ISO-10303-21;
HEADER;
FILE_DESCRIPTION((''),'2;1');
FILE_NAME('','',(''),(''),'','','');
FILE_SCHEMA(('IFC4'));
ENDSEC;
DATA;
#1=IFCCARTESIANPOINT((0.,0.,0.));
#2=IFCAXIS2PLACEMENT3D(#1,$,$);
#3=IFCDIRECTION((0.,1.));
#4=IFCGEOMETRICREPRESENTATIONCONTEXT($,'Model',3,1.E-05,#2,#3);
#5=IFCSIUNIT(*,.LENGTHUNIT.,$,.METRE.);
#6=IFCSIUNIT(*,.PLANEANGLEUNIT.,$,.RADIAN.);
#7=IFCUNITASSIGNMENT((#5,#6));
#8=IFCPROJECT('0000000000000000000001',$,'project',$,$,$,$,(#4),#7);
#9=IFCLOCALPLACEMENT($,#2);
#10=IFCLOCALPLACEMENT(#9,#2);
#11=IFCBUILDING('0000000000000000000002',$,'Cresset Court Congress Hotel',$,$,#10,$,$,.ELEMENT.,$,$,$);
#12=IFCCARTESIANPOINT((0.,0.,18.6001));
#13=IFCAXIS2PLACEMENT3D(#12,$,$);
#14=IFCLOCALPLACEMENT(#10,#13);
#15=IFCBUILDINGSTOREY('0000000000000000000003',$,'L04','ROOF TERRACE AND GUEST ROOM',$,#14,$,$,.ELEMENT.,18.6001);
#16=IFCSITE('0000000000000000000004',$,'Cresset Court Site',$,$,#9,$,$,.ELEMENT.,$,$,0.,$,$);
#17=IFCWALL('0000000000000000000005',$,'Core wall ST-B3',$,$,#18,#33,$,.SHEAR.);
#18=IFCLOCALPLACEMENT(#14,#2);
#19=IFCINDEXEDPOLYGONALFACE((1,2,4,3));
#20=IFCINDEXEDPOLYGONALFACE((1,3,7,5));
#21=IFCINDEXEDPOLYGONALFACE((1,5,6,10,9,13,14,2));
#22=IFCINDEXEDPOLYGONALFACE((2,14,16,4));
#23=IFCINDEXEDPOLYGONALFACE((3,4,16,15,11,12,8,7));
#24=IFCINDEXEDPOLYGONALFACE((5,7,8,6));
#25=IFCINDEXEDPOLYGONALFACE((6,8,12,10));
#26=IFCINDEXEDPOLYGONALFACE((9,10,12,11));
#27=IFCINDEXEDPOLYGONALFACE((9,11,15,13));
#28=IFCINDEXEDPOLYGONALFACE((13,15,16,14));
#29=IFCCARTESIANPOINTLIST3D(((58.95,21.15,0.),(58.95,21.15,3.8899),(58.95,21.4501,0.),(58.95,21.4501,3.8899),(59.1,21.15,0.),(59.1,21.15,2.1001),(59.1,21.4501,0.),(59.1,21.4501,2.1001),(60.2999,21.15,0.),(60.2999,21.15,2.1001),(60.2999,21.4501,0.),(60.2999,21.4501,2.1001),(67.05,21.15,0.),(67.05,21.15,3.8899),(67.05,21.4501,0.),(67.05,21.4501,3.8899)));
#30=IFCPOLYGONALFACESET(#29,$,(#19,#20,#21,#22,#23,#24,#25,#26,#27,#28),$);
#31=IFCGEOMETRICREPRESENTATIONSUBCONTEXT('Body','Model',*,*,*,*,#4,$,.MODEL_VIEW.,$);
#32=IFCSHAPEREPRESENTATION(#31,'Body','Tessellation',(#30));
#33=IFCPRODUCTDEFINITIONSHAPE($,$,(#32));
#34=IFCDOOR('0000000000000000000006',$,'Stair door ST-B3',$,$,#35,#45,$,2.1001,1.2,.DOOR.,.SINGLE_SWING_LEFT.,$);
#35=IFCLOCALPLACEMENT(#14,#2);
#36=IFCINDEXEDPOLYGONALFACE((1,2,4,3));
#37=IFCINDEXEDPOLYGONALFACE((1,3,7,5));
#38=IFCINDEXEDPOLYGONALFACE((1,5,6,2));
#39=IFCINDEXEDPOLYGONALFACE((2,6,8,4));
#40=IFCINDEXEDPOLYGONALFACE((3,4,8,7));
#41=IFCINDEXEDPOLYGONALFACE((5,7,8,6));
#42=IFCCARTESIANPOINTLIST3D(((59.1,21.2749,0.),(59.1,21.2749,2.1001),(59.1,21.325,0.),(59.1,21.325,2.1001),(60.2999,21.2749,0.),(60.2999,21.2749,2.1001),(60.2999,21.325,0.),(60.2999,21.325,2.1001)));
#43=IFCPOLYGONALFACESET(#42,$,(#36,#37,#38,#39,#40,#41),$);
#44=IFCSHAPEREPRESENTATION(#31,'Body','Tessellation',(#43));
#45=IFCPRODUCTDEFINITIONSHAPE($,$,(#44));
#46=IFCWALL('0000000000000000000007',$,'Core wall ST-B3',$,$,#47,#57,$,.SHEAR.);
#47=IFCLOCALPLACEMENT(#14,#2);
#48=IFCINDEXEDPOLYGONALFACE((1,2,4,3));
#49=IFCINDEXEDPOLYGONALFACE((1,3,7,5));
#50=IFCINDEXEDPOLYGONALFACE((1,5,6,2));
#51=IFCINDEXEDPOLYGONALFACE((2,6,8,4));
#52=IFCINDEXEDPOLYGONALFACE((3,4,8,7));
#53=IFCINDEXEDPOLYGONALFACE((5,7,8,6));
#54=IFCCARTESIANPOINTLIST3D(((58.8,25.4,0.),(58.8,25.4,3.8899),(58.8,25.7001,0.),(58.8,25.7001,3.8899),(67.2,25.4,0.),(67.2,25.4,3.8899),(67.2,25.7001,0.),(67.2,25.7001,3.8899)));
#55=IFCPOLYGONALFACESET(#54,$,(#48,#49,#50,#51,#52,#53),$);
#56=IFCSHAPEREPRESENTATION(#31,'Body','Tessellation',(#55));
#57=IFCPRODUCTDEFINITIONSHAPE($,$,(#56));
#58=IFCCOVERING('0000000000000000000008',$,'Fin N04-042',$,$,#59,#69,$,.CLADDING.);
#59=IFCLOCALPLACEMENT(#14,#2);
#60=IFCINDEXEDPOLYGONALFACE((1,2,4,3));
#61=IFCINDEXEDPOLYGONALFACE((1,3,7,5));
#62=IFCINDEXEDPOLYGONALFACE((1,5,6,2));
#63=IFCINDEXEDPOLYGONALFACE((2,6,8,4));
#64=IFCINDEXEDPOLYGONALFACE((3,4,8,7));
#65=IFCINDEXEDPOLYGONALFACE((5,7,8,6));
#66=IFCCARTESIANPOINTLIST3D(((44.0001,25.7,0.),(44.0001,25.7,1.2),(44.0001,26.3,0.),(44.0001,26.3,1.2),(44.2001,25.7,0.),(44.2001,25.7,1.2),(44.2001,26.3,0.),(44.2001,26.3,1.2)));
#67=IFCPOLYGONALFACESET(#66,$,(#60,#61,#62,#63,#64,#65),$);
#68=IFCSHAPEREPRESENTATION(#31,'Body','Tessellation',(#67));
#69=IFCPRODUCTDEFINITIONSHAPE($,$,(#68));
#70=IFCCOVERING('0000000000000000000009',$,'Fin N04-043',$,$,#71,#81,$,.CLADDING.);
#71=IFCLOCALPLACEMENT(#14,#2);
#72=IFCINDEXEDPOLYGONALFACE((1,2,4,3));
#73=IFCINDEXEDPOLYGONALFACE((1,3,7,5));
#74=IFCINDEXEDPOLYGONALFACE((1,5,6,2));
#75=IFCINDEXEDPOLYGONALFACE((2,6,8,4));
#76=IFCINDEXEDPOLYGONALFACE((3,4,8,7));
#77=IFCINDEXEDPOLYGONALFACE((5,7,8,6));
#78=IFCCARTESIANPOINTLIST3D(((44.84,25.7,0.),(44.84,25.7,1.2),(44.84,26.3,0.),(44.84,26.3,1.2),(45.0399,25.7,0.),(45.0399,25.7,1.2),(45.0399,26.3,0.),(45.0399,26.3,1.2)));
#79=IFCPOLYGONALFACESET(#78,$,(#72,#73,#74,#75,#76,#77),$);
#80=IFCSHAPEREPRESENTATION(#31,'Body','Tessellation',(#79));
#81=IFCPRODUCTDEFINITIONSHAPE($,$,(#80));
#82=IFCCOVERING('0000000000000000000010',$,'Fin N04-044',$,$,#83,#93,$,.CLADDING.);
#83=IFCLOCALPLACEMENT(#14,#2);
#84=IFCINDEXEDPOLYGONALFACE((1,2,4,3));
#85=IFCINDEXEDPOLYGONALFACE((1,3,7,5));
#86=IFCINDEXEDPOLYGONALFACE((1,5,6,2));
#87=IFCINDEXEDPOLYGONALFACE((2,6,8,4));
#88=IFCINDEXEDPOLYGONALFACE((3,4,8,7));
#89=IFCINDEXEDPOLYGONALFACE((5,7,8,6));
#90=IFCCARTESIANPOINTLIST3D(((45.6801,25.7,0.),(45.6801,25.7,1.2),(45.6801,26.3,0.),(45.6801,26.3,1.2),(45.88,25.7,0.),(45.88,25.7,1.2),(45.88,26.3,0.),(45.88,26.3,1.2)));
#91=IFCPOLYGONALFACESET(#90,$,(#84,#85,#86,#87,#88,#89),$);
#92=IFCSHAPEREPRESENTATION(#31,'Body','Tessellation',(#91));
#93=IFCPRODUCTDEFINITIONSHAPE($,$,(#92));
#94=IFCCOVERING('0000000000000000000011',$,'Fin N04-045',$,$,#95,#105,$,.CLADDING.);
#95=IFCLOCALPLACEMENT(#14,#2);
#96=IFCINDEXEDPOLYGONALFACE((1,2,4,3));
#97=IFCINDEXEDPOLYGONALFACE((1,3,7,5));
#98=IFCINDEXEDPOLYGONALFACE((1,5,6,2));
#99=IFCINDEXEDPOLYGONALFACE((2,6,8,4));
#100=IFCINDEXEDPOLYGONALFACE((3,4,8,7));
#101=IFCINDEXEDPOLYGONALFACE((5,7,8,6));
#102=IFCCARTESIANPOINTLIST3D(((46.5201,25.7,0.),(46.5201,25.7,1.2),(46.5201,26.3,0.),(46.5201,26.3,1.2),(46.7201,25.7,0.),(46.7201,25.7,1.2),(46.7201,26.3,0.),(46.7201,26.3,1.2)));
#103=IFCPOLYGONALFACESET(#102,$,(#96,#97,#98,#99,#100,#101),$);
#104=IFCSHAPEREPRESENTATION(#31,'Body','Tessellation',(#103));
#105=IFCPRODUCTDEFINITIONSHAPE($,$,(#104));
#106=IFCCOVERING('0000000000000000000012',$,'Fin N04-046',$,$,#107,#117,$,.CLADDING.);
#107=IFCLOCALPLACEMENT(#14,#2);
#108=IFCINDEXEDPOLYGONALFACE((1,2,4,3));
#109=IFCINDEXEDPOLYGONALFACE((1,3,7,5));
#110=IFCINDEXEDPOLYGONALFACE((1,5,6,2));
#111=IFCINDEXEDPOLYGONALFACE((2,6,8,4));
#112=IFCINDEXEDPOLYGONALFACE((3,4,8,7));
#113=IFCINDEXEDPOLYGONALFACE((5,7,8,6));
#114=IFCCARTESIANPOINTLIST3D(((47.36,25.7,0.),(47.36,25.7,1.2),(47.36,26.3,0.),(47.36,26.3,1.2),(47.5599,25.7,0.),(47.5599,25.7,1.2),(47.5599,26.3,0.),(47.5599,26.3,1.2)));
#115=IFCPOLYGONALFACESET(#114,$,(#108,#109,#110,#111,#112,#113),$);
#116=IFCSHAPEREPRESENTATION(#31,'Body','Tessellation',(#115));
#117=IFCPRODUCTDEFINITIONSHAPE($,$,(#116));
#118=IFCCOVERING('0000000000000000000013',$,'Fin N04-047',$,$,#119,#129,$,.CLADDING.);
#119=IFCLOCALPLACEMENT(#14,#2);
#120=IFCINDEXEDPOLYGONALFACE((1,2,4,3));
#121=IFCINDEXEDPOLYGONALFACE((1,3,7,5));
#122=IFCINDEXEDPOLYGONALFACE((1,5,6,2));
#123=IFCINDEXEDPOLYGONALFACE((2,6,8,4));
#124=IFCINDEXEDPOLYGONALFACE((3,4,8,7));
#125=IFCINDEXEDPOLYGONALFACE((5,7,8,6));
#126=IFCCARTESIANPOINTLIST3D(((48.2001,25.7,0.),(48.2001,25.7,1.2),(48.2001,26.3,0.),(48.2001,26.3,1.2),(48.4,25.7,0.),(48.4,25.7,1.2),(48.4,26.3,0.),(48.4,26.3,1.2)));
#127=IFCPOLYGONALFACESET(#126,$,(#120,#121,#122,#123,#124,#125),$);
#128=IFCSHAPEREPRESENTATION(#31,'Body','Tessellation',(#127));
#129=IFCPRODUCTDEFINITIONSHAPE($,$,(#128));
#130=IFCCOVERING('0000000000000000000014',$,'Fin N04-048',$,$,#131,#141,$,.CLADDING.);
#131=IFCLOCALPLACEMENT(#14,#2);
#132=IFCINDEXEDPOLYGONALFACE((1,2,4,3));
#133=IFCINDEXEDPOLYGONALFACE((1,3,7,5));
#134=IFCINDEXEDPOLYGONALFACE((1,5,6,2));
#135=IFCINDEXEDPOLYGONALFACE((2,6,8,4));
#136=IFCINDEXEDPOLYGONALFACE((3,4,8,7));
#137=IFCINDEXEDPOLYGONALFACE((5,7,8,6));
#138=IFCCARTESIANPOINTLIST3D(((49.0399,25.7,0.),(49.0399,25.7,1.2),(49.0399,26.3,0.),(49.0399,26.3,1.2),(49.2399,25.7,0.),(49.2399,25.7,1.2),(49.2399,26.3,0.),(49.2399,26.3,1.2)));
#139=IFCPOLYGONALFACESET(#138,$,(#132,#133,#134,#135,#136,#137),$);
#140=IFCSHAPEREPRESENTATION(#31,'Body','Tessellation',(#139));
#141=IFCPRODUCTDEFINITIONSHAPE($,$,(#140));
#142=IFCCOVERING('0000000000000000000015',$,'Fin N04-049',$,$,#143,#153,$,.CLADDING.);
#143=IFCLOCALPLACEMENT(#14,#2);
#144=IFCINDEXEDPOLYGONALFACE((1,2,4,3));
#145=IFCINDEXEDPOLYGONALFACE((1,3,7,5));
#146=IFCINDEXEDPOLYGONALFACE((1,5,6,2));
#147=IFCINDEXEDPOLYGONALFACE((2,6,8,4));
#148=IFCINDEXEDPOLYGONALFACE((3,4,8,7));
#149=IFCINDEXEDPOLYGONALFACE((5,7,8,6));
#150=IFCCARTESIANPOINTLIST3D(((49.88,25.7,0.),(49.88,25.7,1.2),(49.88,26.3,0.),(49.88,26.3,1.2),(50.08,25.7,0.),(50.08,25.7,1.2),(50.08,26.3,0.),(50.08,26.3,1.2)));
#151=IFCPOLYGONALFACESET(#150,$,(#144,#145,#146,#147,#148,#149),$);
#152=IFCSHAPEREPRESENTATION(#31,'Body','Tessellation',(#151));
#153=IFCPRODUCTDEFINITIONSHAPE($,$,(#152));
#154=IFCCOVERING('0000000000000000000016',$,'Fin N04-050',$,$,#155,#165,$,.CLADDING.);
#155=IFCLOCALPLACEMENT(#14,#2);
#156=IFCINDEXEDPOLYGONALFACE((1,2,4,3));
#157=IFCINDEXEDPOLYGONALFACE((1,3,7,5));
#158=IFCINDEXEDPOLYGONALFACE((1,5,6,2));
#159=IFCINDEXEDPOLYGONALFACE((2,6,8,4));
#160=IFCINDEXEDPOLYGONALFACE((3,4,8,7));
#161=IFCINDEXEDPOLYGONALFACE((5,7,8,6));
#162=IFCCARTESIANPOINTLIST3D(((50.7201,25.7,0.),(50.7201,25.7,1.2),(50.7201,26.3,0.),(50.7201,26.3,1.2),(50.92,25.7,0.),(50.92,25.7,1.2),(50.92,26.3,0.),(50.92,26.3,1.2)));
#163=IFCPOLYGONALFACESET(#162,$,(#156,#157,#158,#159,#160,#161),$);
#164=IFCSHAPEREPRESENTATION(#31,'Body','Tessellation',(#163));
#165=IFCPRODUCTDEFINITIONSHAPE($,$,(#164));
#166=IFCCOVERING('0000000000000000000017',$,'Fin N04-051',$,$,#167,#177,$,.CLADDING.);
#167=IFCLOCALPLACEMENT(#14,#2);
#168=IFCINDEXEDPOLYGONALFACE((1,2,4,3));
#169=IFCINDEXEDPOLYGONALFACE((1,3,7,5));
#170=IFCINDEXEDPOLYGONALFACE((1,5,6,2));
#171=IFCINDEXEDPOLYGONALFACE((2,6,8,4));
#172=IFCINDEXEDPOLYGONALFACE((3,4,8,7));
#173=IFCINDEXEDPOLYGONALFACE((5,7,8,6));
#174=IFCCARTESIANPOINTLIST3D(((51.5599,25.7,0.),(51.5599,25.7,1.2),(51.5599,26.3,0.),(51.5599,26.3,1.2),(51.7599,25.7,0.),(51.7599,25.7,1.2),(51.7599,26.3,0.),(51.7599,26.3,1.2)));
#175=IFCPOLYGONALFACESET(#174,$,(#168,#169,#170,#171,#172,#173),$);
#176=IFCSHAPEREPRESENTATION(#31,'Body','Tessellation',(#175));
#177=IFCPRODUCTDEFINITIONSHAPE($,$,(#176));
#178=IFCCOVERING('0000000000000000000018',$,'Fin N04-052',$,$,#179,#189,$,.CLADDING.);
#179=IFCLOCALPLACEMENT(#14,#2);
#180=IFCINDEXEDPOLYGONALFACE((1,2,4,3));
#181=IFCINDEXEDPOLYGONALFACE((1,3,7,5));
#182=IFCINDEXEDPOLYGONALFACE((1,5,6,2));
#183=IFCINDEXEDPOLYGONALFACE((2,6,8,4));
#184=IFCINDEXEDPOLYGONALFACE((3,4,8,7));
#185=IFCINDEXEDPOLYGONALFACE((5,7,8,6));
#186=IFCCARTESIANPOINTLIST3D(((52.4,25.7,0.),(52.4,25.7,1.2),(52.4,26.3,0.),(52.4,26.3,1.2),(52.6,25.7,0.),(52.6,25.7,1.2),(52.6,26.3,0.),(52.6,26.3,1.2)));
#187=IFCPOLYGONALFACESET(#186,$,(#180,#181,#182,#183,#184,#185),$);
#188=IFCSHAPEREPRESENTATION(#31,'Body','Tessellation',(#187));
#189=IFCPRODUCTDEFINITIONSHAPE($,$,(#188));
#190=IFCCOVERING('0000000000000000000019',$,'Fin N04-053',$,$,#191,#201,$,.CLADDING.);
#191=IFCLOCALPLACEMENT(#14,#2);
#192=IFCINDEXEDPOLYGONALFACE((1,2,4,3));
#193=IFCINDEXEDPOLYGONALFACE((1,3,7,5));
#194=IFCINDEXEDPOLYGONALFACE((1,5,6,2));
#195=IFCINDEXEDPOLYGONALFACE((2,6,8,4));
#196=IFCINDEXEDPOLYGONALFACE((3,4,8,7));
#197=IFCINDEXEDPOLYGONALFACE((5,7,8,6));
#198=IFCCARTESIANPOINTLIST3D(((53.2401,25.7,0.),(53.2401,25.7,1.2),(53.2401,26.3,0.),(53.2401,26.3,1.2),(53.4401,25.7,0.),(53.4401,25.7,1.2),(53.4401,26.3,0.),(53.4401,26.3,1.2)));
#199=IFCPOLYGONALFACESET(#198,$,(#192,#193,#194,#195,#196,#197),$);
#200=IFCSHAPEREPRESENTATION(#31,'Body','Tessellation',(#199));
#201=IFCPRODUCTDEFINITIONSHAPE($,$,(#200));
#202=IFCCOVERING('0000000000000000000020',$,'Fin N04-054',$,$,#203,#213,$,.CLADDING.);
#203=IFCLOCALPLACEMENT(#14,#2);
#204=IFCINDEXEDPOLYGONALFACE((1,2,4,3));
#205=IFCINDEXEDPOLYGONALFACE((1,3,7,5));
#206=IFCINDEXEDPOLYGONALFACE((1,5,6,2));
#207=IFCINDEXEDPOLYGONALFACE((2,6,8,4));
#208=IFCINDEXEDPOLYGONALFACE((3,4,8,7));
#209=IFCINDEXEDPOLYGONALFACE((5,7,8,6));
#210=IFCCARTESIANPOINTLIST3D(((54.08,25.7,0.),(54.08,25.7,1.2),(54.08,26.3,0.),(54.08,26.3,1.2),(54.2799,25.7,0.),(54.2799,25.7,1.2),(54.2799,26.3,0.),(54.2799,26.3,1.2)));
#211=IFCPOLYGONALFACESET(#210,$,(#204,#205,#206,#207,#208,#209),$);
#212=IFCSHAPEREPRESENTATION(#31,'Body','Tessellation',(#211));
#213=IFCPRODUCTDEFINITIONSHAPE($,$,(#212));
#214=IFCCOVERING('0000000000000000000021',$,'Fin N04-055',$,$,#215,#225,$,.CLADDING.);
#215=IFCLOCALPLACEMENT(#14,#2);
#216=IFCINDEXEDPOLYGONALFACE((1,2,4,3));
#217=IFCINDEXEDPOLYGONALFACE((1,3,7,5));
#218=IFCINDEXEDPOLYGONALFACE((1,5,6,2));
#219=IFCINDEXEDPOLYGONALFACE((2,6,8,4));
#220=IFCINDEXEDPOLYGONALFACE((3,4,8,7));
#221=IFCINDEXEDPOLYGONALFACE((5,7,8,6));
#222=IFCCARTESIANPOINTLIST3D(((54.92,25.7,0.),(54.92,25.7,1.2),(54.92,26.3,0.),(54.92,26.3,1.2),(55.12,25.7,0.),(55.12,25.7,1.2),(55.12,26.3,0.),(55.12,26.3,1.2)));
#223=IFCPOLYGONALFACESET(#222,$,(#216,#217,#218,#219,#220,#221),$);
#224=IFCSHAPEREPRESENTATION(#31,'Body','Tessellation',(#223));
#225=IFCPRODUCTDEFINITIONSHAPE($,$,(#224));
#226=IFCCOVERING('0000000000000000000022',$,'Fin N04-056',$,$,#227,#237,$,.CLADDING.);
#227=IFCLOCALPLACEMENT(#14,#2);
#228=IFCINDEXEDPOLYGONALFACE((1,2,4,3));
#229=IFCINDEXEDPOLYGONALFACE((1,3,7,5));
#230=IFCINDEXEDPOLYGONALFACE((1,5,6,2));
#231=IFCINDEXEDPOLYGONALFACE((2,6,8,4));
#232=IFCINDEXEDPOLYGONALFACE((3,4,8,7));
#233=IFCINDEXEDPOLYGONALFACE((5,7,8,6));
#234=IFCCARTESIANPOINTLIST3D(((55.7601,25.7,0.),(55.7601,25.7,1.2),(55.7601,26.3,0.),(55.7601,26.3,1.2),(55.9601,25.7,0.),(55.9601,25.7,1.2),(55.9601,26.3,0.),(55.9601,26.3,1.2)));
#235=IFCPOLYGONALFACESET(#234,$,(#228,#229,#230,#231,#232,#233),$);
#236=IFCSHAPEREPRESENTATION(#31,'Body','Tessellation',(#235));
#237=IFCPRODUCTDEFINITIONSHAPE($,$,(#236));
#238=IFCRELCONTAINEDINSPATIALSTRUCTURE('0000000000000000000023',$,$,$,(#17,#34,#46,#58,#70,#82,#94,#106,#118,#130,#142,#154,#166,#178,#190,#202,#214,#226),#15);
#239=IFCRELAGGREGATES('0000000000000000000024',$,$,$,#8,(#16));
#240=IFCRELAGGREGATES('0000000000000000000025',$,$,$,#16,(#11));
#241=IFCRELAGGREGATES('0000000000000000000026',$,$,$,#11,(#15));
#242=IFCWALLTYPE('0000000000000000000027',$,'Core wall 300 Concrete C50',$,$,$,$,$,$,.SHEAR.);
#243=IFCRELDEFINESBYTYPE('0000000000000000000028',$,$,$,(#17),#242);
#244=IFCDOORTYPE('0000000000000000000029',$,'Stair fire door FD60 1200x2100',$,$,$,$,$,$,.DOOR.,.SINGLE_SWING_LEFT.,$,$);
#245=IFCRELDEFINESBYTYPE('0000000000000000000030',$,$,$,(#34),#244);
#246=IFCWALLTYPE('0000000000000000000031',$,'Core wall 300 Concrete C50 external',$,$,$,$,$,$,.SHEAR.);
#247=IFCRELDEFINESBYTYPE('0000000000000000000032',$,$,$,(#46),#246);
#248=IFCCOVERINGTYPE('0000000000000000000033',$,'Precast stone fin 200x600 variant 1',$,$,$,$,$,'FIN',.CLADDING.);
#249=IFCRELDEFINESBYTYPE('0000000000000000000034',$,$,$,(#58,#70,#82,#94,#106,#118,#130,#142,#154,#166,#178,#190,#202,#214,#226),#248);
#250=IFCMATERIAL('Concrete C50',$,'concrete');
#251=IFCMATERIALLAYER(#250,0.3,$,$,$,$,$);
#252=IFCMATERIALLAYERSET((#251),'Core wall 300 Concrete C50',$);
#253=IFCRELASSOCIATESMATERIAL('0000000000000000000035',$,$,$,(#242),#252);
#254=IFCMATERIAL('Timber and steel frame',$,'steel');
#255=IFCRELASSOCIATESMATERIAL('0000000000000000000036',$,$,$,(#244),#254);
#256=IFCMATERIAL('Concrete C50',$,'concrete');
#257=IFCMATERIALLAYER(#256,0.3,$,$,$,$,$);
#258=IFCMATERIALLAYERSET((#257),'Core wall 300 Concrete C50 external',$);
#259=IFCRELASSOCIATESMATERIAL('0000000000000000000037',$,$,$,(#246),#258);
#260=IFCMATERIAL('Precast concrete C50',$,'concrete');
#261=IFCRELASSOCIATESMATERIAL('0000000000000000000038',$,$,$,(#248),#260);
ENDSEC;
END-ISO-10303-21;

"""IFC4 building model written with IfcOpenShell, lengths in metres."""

from ifc_helpers import new_model, si_unit, direction, frame, frame_2d, origin, origin_2d, place, context, subcontext, project, spatial, rectangle, extrude, material, layer, layer_set, type_object, element, fill, save


model = new_model("IFC4")

# Units and contexts
model_context = context("Model", 3, precision=1e-05, world=origin(), true_north=direction((0.0, 1.0)))
body_context = subcontext(model_context, "Body", "Model", "MODEL_VIEW")
ifc_project = project(units=[si_unit("LENGTHUNIT", "METRE"), si_unit("PLANEANGLEUNIT", "RADIAN")], contexts=[model_context])

# Site, building, storey
site_placement = place(None, origin())
site = spatial("IfcSite", under=ifc_project, at=site_placement, Name="Cresset Court Site", CompositionType="ELEMENT", RefElevation=0.0)
building_placement = place(site_placement, origin())
building = spatial("IfcBuilding", under=site, at=building_placement, Name="Cresset Court Congress Hotel", CompositionType="ELEMENT")
storey_placement = place(building_placement, frame((0.0, 0.0, 18.6001)))
storey = spatial("IfcBuildingStorey", under=building, at=storey_placement, Name="L04", Description="ROOF TERRACE AND GUEST ROOM", CompositionType="ELEMENT", Elevation=18.6001)

# Shared definitions
ifc_material_1 = material(Name="Concrete C50", Category="concrete")
ifc_layer_1 = layer(ifc_material_1, 0.3)
ifc_layer_set_1 = layer_set([ifc_layer_1], Name="Core wall 300 Concrete C50")
wall_type_1 = type_object("IfcWallType", Name="Core wall 300 Concrete C50", PredefinedType="SHEAR", material=ifc_layer_set_1)

# Wall, opening, door
wall_1_placement = place(storey_placement, frame((58.95, 21.3, 0.0), z_axis=(0.0, 0.0, 1.0), x_axis=(1.0, 0.0, 0.0)))
wall_1 = element("IfcWall", 1, at=wall_1_placement, inside=storey, type_object=wall_type_1, Name="Core wall ST-B3", PredefinedType="SHEAR", context=body_context, shape_type="SweptSolid", body=[
    extrude(rectangle(XDim=8.1001, YDim=0.3, at=frame_2d((4.05, 0.0))), origin(), (0.0, 0.0, 1.0), 3.8899),
])
opening_1_placement = place(wall_1_placement, frame((0.1499, 0.0, 0.0)))
opening_1 = element("IfcOpeningElement", 2, at=opening_1_placement, cuts=wall_1, PredefinedType="OPENING", context=body_context, shape_type="SweptSolid", body=[
    extrude(rectangle(XDim=1.2, YDim=2.1001, at=frame_2d((0.6001, 1.05))), frame((0.0, 0.1599, 0.0), z_axis=(0.0, -1.0, 0.0), x_axis=(1.0, 0.0, 0.0)), (0.0, 0.0, 1.0), 0.3201),
])
ifc_material_2 = material(Name="Timber and steel frame", Category="steel")
door_type_1 = type_object("IfcDoorType", Name="Stair fire door FD60 1200x2100", OperationType="SINGLE_SWING_LEFT", PredefinedType="DOOR", material=ifc_material_2)
door_1_placement = place(opening_1_placement, origin())
door_1 = element("IfcDoor", 3, at=door_1_placement, inside=storey, type_object=door_type_1, Name="Stair door ST-B3", OperationType="SINGLE_SWING_LEFT", OverallHeight=2.1001, OverallWidth=1.2, PredefinedType="DOOR", context=body_context, shape_type="SweptSolid", body=[
    extrude(rectangle(XDim=1.2, YDim=2.1001, at=frame_2d((0.6001, 1.05))), frame((0.0, 0.0249, 0.0), z_axis=(0.0, -1.0, 0.0), x_axis=(1.0, 0.0, 0.0)), (0.0, 0.0, 1.0), 0.05),
])
fill(opening_1, door_1)

# Wall
ifc_material_3 = material(Name="Concrete C50", Category="concrete")
ifc_layer_2 = layer(ifc_material_3, 0.3)
ifc_layer_set_2 = layer_set([ifc_layer_2], Name="Core wall 300 Concrete C50 external")
wall_type_2 = type_object("IfcWallType", Name="Core wall 300 Concrete C50 external", PredefinedType="SHEAR", material=ifc_layer_set_2)
wall_2_placement = place(storey_placement, frame((58.8, 25.55, 0.0), z_axis=(0.0, 0.0, 1.0), x_axis=(1.0, 0.0, 0.0)))
element("IfcWall", 4, at=wall_2_placement, inside=storey, type_object=wall_type_2, Name="Core wall ST-B3", PredefinedType="SHEAR", context=body_context, shape_type="SweptSolid", body=[
    extrude(rectangle(XDim=8.3999, YDim=0.3, at=frame_2d((4.2, 0.0))), origin(), (0.0, 0.0, 1.0), 3.8899),
])

# Coverings
ifc_material_4 = material(Name="Precast concrete C50", Category="concrete")
covering_type_1 = type_object("IfcCoveringType", Name="Precast stone fin 200x600 variant 1", ElementType="FIN", PredefinedType="CLADDING", material=ifc_material_4)
for number, where, z_axis, x_axis, name in (
    (5, (44.1001, 26.0, 0.0), (0.0, 0.0, 1.0), (1.0, 0.0, 0.0), "Fin N04-042"),
    (6, (44.9399, 26.0, 0.0), (0.0, 0.0, 1.0), (1.0, 0.0, 0.0), "Fin N04-043"),
    (7, (45.78, 26.0, 0.0), (0.0, 0.0, 1.0), (1.0, 0.0, 0.0), "Fin N04-044"),
    (8, (46.6201, 26.0, 0.0), (0.0, 0.0, 1.0), (1.0, 0.0, 0.0), "Fin N04-045"),
    (9, (47.46, 26.0, 0.0), (0.0, 0.0, 1.0), (1.0, 0.0, 0.0), "Fin N04-046"),
    (10, (48.3, 26.0, 0.0), (0.0, 0.0, 1.0), (1.0, 0.0, 0.0), "Fin N04-047"),
    (11, (49.1399, 26.0, 0.0), (0.0, 0.0, 1.0), (1.0, 0.0, 0.0), "Fin N04-048"),
    (12, (49.98, 26.0, 0.0), (0.0, 0.0, 1.0), (1.0, 0.0, 0.0), "Fin N04-049"),
    (13, (50.8201, 26.0, 0.0), (0.0, 0.0, 1.0), (1.0, 0.0, 0.0), "Fin N04-050"),
    (14, (51.6599, 26.0, 0.0), (0.0, 0.0, 1.0), (1.0, 0.0, 0.0), "Fin N04-051"),
    (15, (52.5, 26.0, 0.0), (0.0, 0.0, 1.0), (1.0, 0.0, 0.0), "Fin N04-052"),
    (16, (53.3401, 26.0, 0.0), (0.0, 0.0, 1.0), (1.0, 0.0, 0.0), "Fin N04-053"),
    (17, (54.1799, 26.0, 0.0), (0.0, 0.0, 1.0), (1.0, 0.0, 0.0), "Fin N04-054"),
    (18, (55.02, 26.0, 0.0), (0.0, 0.0, 1.0), (1.0, 0.0, 0.0), "Fin N04-055"),
    (19, (55.8601, 26.0, 0.0), (0.0, 0.0, 1.0), (1.0, 0.0, 0.0), "Fin N04-056"),
):
    element("IfcCovering", number, at=place(storey_placement, frame(where, z_axis=z_axis, x_axis=x_axis)), inside=storey, type_object=covering_type_1, Name=name, PredefinedType="CLADDING", context=body_context, shape_type="SweptSolid", body=[
        extrude(rectangle(XDim=0.2, YDim=0.6001, at=origin_2d()), origin(), (0.0, 0.0, 1.0), 1.2),
    ])

save(model, "model.ifc")
